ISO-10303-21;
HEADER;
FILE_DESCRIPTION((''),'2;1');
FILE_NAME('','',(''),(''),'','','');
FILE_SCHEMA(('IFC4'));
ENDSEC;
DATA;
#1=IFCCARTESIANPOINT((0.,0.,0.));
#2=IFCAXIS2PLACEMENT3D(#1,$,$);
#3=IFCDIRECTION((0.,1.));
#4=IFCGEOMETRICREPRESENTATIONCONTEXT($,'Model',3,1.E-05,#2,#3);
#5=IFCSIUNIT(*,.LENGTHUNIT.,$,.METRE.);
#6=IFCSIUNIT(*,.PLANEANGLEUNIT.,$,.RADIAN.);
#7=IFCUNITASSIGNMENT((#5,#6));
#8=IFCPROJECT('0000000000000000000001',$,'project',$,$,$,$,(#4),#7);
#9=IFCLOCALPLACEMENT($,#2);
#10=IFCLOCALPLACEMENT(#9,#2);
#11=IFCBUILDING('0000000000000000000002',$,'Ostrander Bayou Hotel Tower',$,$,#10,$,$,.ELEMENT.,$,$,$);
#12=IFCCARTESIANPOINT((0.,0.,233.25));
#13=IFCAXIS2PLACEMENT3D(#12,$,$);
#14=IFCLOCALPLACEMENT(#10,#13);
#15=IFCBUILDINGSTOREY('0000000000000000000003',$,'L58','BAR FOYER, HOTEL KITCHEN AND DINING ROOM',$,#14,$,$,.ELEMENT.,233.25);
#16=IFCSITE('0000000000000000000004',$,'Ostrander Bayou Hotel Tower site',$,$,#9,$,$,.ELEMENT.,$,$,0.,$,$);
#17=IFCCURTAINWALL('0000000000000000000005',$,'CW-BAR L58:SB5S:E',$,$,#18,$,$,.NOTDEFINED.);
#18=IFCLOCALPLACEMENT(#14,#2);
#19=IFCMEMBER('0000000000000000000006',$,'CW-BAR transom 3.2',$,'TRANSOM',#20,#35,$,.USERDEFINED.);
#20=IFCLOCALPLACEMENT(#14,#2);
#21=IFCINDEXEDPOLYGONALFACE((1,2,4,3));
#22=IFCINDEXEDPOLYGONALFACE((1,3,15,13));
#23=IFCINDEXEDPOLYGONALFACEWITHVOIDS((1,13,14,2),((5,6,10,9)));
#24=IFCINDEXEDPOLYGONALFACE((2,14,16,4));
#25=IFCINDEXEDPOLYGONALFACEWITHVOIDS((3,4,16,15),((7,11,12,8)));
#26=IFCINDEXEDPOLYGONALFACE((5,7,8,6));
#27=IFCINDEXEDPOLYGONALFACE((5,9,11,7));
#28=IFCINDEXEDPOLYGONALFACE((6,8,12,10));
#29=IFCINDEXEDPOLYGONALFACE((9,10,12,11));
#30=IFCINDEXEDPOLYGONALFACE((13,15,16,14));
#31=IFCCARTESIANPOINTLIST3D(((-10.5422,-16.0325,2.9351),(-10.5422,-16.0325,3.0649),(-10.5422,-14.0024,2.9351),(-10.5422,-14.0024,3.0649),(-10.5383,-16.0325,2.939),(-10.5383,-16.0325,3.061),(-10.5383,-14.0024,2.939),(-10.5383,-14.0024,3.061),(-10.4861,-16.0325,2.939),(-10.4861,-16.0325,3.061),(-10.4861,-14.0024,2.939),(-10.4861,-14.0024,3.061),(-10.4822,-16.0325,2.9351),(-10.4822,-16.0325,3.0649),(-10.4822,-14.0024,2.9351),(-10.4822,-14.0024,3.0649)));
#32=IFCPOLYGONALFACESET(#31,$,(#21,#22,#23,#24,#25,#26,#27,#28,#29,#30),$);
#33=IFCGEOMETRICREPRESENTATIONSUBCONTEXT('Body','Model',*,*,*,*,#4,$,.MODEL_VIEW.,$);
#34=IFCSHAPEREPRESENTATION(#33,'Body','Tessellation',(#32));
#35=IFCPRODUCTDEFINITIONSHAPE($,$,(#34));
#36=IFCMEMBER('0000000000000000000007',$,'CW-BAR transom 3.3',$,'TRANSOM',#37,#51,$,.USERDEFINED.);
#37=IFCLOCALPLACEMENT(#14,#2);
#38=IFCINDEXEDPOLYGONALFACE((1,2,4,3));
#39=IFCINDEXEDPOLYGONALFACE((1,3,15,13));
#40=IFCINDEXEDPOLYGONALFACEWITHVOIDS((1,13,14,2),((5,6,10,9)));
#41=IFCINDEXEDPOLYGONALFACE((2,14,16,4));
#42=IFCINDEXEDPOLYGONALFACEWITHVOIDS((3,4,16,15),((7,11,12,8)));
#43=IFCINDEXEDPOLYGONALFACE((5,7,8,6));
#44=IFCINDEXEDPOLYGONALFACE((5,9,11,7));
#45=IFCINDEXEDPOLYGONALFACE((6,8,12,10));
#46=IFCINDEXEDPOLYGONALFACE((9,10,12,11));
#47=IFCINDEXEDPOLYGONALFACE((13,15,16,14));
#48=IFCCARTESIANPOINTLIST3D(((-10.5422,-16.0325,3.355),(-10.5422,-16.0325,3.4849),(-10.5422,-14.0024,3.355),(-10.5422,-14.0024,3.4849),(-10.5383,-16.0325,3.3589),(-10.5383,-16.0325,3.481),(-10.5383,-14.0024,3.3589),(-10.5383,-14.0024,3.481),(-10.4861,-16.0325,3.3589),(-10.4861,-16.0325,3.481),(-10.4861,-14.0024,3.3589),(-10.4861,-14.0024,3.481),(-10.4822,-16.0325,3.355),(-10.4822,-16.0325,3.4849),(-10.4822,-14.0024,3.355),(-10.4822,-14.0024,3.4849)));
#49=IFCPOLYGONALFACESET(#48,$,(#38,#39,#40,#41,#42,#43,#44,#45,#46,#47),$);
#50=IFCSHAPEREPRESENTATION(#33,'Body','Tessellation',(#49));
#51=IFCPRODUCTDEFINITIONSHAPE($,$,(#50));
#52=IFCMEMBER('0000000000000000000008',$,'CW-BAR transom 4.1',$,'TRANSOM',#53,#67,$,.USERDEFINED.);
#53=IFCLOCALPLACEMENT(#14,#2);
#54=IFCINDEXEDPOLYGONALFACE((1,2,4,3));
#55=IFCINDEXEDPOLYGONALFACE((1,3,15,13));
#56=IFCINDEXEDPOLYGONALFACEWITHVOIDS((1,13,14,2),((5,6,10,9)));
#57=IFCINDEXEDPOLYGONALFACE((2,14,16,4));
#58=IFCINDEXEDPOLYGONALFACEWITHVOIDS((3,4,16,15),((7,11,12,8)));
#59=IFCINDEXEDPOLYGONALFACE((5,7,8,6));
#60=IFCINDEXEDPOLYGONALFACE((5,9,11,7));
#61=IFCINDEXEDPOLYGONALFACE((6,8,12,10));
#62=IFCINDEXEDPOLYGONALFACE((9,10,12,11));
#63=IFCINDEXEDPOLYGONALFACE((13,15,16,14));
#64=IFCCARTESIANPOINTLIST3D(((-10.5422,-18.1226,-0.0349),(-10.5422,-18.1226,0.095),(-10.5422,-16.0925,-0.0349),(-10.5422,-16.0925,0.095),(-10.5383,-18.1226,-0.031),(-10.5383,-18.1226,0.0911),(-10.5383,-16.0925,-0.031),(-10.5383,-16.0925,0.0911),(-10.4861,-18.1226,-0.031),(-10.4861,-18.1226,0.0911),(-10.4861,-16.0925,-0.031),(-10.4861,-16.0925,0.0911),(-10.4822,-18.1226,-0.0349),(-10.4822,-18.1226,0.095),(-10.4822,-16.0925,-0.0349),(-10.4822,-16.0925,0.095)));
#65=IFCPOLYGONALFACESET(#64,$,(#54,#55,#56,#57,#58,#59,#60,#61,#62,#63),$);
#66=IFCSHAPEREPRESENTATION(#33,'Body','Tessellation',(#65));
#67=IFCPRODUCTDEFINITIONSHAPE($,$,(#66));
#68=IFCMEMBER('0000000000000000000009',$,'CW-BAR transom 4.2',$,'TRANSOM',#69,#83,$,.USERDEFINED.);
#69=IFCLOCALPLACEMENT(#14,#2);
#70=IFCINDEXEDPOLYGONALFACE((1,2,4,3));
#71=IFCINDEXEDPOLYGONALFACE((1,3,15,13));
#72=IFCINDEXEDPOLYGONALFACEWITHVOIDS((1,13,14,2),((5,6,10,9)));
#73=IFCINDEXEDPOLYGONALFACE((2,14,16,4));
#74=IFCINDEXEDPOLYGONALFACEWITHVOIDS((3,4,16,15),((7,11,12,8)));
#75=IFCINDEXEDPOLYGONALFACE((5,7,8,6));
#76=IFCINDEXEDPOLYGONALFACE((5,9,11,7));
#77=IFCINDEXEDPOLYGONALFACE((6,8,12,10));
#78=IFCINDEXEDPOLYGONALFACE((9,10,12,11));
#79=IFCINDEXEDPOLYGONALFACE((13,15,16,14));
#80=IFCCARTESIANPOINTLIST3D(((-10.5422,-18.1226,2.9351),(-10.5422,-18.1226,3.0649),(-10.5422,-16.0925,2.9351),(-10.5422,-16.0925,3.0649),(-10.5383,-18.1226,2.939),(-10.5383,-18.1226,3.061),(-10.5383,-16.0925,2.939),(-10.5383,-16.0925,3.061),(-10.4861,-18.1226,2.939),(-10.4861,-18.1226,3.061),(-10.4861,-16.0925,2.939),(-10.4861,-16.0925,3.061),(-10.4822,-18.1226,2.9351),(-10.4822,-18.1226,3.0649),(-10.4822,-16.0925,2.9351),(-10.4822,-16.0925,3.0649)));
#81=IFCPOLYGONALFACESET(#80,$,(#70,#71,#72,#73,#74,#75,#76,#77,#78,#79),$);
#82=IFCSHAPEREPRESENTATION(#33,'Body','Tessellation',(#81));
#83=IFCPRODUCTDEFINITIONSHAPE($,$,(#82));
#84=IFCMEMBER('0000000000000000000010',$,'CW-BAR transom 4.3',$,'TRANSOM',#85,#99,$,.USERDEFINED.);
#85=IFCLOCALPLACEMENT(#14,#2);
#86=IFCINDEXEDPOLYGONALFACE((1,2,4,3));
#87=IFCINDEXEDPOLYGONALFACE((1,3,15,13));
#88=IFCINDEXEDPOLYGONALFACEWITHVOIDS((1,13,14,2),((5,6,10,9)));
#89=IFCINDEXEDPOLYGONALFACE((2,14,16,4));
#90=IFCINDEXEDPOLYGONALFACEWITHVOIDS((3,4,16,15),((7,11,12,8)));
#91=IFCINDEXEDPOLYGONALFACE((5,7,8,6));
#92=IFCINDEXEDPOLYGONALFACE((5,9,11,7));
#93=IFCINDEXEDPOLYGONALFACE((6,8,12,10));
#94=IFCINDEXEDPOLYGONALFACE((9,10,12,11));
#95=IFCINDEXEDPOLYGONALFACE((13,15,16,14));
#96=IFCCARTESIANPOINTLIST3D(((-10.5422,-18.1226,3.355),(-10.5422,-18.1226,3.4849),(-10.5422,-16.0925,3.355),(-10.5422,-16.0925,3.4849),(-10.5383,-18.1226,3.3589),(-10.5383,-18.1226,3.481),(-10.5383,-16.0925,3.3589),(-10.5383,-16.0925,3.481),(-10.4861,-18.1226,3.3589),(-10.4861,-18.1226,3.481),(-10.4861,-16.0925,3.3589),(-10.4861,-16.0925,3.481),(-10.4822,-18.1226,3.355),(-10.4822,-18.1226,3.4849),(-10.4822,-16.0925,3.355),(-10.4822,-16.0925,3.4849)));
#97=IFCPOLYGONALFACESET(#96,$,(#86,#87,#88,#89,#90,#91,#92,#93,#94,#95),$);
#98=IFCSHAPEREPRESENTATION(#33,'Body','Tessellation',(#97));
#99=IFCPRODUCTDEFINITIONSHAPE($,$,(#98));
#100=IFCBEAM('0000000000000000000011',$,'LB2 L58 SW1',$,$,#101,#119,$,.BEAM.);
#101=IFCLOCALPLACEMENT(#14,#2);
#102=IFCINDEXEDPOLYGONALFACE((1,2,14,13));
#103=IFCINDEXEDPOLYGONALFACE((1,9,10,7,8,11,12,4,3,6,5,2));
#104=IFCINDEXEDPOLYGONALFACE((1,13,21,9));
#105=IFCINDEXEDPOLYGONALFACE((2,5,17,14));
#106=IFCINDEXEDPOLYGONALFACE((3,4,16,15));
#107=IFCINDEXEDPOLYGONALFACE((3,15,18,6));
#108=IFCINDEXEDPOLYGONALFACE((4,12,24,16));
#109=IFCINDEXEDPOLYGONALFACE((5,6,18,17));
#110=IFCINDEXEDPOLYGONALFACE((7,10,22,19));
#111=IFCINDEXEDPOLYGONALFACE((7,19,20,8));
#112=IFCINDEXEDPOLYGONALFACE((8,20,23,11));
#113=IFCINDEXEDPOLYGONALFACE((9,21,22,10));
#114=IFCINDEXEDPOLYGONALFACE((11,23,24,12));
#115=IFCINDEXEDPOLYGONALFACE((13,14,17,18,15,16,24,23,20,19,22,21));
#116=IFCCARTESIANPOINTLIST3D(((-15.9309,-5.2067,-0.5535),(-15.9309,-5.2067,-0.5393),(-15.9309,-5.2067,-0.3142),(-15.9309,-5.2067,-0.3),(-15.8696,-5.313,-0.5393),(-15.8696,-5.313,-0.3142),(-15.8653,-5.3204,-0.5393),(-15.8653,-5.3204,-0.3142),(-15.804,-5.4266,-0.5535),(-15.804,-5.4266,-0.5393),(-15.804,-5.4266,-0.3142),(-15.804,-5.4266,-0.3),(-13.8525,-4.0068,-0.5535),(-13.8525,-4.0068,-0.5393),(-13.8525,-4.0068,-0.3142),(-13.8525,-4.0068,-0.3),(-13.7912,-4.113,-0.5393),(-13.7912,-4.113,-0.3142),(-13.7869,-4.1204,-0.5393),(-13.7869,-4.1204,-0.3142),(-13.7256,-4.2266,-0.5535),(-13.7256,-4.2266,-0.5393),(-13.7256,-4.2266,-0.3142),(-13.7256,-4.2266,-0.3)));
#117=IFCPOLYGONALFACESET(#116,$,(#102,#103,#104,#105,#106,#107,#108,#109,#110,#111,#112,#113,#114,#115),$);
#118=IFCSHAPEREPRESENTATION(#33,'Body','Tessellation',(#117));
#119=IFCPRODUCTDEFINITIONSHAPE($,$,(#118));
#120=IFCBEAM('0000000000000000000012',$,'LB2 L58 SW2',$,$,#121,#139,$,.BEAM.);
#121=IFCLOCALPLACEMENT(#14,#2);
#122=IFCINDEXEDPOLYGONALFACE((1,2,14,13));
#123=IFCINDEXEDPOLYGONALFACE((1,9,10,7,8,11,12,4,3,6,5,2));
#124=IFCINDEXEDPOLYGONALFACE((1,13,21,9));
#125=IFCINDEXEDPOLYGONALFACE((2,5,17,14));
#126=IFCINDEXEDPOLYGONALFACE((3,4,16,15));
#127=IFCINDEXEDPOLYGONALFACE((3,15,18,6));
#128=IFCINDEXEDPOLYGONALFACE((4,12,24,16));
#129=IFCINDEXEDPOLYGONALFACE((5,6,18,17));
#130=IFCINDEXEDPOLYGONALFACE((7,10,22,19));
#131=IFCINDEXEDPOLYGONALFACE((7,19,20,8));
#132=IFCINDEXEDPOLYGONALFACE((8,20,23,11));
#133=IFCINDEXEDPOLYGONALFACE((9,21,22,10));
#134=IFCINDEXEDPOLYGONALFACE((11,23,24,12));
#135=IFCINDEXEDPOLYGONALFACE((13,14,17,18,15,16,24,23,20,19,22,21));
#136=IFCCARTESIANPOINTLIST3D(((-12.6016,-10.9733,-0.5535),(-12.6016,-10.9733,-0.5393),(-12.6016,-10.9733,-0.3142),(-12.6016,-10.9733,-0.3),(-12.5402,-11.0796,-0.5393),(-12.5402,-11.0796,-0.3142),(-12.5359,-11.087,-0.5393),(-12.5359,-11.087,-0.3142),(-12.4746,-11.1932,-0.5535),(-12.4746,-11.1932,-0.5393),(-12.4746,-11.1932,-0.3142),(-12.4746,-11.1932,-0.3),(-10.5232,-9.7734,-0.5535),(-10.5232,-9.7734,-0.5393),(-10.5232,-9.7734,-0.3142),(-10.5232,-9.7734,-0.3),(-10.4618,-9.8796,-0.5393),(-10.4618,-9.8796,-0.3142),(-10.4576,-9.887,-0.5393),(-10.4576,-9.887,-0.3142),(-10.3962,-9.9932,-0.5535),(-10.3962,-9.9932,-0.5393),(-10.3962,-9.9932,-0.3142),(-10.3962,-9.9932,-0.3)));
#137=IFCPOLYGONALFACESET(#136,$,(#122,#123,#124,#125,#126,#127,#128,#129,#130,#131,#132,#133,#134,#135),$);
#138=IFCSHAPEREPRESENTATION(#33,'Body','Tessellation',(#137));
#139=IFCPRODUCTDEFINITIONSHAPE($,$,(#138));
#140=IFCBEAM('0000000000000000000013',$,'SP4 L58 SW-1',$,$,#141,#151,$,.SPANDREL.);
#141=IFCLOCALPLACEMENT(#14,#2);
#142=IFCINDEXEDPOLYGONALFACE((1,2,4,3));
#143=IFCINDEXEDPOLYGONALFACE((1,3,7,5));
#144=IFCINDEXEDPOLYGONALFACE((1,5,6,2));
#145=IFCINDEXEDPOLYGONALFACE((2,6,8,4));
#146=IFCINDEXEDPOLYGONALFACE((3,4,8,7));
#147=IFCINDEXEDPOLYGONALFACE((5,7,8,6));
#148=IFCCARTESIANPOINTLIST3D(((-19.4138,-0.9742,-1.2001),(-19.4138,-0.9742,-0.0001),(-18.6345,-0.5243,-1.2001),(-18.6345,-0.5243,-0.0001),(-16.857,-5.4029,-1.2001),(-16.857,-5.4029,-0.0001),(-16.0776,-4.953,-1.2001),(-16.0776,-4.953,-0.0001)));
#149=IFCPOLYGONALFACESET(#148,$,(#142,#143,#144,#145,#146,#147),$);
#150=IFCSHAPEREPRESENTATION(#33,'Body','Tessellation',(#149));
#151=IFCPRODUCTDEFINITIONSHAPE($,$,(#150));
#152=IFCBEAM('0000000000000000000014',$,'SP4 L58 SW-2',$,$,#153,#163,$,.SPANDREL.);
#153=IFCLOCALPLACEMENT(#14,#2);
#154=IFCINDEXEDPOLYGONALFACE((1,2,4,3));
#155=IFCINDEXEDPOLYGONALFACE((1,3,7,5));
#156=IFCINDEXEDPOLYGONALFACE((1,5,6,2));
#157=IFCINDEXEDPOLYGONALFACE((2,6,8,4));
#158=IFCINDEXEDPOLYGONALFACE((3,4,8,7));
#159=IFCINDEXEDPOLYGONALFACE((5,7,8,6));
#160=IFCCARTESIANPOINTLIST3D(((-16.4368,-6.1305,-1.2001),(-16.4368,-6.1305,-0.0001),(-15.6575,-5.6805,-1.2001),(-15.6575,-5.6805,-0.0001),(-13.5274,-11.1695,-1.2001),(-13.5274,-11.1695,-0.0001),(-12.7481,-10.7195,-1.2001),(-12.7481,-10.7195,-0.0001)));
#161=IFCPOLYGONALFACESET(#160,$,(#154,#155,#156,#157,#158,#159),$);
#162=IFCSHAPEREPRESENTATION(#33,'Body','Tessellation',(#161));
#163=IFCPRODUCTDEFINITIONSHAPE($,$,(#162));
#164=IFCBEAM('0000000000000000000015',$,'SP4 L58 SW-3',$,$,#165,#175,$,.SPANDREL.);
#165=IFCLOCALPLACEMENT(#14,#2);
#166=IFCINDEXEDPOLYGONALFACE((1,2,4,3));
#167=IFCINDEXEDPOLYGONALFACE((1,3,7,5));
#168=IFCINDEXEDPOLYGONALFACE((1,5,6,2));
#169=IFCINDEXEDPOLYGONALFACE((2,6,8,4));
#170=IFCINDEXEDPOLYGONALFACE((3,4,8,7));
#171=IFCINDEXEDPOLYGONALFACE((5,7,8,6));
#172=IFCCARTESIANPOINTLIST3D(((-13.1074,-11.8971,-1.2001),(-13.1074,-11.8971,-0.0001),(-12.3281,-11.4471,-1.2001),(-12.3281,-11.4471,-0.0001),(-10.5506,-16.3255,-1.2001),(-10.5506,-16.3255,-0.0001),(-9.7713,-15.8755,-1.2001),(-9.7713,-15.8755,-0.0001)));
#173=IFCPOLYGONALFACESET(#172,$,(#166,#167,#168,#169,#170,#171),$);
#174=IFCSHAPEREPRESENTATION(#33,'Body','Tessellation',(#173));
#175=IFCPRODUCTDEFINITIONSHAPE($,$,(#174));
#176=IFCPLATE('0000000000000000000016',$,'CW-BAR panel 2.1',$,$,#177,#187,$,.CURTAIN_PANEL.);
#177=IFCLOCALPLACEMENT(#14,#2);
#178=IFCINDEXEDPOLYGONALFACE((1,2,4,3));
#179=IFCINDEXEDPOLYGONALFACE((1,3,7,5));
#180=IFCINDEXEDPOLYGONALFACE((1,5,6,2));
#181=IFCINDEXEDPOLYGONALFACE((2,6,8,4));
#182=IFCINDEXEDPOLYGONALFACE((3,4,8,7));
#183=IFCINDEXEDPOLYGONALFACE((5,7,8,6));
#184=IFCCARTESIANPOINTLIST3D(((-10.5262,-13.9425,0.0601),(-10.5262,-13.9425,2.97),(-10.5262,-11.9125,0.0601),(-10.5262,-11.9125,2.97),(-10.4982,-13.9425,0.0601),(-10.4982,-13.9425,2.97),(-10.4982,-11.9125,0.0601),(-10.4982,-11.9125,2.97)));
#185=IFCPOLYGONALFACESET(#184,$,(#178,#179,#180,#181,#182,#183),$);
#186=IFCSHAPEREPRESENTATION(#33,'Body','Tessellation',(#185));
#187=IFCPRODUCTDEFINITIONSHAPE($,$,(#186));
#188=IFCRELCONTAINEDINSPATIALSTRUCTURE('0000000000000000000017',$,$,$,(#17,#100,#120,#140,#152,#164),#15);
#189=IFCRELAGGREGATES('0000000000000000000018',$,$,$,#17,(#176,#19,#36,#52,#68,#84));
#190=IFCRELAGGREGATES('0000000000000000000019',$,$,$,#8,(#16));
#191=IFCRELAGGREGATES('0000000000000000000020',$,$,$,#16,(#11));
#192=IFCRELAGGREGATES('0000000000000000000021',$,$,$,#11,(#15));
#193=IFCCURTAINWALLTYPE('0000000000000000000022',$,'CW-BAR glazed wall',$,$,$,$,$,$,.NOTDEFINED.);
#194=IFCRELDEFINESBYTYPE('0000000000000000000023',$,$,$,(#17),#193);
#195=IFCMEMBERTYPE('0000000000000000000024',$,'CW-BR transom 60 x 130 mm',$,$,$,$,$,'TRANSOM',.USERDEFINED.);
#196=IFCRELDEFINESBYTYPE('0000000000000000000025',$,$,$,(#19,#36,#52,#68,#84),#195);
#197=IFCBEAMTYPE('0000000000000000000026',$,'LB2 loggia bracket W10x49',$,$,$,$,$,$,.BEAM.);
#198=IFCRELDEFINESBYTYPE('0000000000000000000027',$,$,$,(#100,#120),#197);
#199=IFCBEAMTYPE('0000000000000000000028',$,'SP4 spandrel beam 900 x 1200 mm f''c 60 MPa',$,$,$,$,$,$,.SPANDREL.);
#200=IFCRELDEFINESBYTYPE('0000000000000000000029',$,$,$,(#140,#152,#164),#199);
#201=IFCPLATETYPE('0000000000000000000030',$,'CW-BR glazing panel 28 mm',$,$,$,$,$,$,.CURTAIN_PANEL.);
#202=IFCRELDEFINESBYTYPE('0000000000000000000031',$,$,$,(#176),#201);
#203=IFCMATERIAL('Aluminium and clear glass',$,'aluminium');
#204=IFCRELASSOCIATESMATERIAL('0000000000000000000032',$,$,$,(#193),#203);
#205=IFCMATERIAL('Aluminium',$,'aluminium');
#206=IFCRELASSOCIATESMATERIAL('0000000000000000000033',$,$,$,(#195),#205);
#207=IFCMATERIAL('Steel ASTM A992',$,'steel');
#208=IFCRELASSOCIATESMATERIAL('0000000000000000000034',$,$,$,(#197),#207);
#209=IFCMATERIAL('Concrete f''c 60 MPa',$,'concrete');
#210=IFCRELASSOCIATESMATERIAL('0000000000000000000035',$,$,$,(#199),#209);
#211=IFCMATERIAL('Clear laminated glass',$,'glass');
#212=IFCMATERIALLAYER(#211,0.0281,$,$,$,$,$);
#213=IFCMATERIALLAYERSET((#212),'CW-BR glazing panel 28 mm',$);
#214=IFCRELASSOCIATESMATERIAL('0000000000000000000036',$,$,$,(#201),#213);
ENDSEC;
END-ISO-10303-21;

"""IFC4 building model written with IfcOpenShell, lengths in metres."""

from ifc_helpers import new_model, si_unit, direction, frame, origin, origin_2d, place, context, subcontext, project, spatial, rectangle, hollow_rectangle, i_section, extrude, material, layer, layer_set, material_profile, profile_set, type_object, element, aggregate, save


model = new_model("IFC4")

# Units and contexts
model_context = context("Model", 3, precision=1e-05, world=origin(), true_north=direction((0.0, 1.0)))
body_context = subcontext(model_context, "Body", "Model", "MODEL_VIEW")
ifc_project = project(units=[si_unit("LENGTHUNIT", "METRE"), si_unit("PLANEANGLEUNIT", "RADIAN")], contexts=[model_context])

# Site, building, storey
site_placement = place(None, origin())
site = spatial("IfcSite", under=ifc_project, at=site_placement, Name="Ostrander Bayou Hotel Tower site", CompositionType="ELEMENT", RefElevation=0.0)
building_placement = place(site_placement, origin())
building = spatial("IfcBuilding", under=site, at=building_placement, Name="Ostrander Bayou Hotel Tower", CompositionType="ELEMENT")
storey_placement = place(building_placement, frame((0.0, 0.0, 233.25)))
storey = spatial("IfcBuildingStorey", under=building, at=storey_placement, Name="L58", Description="BAR FOYER, HOTEL KITCHEN AND DINING ROOM", CompositionType="ELEMENT", Elevation=233.25)

# Curtain wall, members
ifc_material_1 = material(Name="Aluminium and clear glass", Category="aluminium")
curtain_wall_type = type_object("IfcCurtainWallType", Name="CW-BAR glazed wall", PredefinedType="NOTDEFINED", material=ifc_material_1)
curtain_wall_placement = place(storey_placement, origin())
curtain_wall = element("IfcCurtainWall", 1, at=curtain_wall_placement, inside=storey, type_object=curtain_wall_type, Name="CW-BAR L58:SB5S:E", PredefinedType="NOTDEFINED")
ifc_material_2 = material(Name="Aluminium", Category="aluminium")
ifc_material_profile_1 = material_profile(ifc_material_2, hollow_rectangle(XDim=0.0601, YDim=0.1299, WallThickness=0.0039, at=origin_2d()))
ifc_profile_set_1 = profile_set([ifc_material_profile_1], Name="Aluminium")
member_type_1 = type_object("IfcMemberType", Name="CW-BR transom 60 x 130 mm", ElementType="TRANSOM", PredefinedType="USERDEFINED", material=ifc_profile_set_1)
member_1_placement = place(storey_placement, frame((-10.5122, -14.0024, 3.0), z_axis=(0.0, -1.0, 0.0), x_axis=(1.0, 0.0, 0.0)))
member_1 = element("IfcMember", 2, at=member_1_placement, type_object=member_type_1, Name="CW-BAR transom 3.2", ObjectType="TRANSOM", PredefinedType="USERDEFINED", context=body_context, shape_type="SweptSolid", body=[
    extrude(hollow_rectangle(XDim=0.0601, YDim=0.1299, WallThickness=0.0039, at=origin_2d()), origin(), (0.0, 0.0, 1.0), 2.03),
])
member_2_placement = place(storey_placement, frame((-10.5122, -14.0024, 3.4199), z_axis=(0.0, -1.0, 0.0), x_axis=(1.0, 0.0, 0.0)))
member_2 = element("IfcMember", 3, at=member_2_placement, type_object=member_type_1, Name="CW-BAR transom 3.3", ObjectType="TRANSOM", PredefinedType="USERDEFINED", context=body_context, shape_type="SweptSolid", body=[
    extrude(hollow_rectangle(XDim=0.0601, YDim=0.1299, WallThickness=0.0039, at=origin_2d()), origin(), (0.0, 0.0, 1.0), 2.03),
])
member_3_placement = place(storey_placement, frame((-10.5122, -16.0925, 0.03), z_axis=(0.0, -1.0, 0.0), x_axis=(1.0, 0.0, 0.0)))
member_3 = element("IfcMember", 4, at=member_3_placement, type_object=member_type_1, Name="CW-BAR transom 4.1", ObjectType="TRANSOM", PredefinedType="USERDEFINED", context=body_context, shape_type="SweptSolid", body=[
    extrude(hollow_rectangle(XDim=0.0601, YDim=0.1299, WallThickness=0.0039, at=origin_2d()), origin(), (0.0, 0.0, 1.0), 2.03),
])
member_4_placement = place(storey_placement, frame((-10.5122, -16.0925, 3.0), z_axis=(0.0, -1.0, 0.0), x_axis=(1.0, 0.0, 0.0)))
member_4 = element("IfcMember", 5, at=member_4_placement, type_object=member_type_1, Name="CW-BAR transom 4.2", ObjectType="TRANSOM", PredefinedType="USERDEFINED", context=body_context, shape_type="SweptSolid", body=[
    extrude(hollow_rectangle(XDim=0.0601, YDim=0.1299, WallThickness=0.0039, at=origin_2d()), origin(), (0.0, 0.0, 1.0), 2.03),
])
member_5_placement = place(storey_placement, frame((-10.5122, -16.0925, 3.4199), z_axis=(0.0, -1.0, 0.0), x_axis=(1.0, 0.0, 0.0)))
member_5 = element("IfcMember", 6, at=member_5_placement, type_object=member_type_1, Name="CW-BAR transom 4.3", ObjectType="TRANSOM", PredefinedType="USERDEFINED", context=body_context, shape_type="SweptSolid", body=[
    extrude(hollow_rectangle(XDim=0.0601, YDim=0.1299, WallThickness=0.0039, at=origin_2d()), origin(), (0.0, 0.0, 1.0), 2.03),
])

# Beams
ifc_material_3 = material(Name="Steel ASTM A992", Category="steel")
ifc_material_profile_2 = material_profile(ifc_material_3, i_section(OverallWidth=0.2539, OverallDepth=0.2534, WebThickness=0.0085, FlangeThickness=0.0142, at=origin_2d()))
ifc_profile_set_2 = profile_set([ifc_material_profile_2], Name="Steel ASTM A992")
beam_type_1 = type_object("IfcBeamType", Name="LB2 loggia bracket W10x49", PredefinedType="BEAM", material=ifc_profile_set_2)
for number, where, z_axis, x_axis, name in (
    (7, (-15.8674, -5.3167, -0.4268), (0.866025, 0.500001, 0.0), (-0.500001, 0.866025, 0.0), "LB2 L58 SW1"),
    (8, (-12.5381, -11.0833, -0.4268), (0.866025, 0.500001, 0.0), (-0.500001, 0.866025, 0.0), "LB2 L58 SW2"),
):
    element("IfcBeam", number, at=place(storey_placement, frame(where, z_axis=z_axis, x_axis=x_axis)), inside=storey, type_object=beam_type_1, Name=name, PredefinedType="BEAM", context=body_context, shape_type="SweptSolid", body=[
        extrude(i_section(OverallWidth=0.2539, OverallDepth=0.2534, WebThickness=0.0085, FlangeThickness=0.0142, at=origin_2d()), origin(), (0.0, 0.0, 1.0), 2.3999),
    ])
ifc_material_4 = material(Name="Concrete f'c 60 MPa", Category="concrete")
ifc_material_profile_3 = material_profile(ifc_material_4, rectangle(XDim=0.8999, YDim=1.2, at=origin_2d()))
ifc_profile_set_3 = profile_set([ifc_material_profile_3], Name="Concrete f'c 60 MPa")
beam_type_2 = type_object("IfcBeamType", Name="SP4 spandrel beam 900 x 1200 mm f'c 60 MPa", PredefinedType="SPANDREL", material=ifc_profile_set_3)
beam_1_placement = place(storey_placement, frame((-19.0242, -0.7493, -0.6001), z_axis=(0.499995, -0.866028, 0.0), x_axis=(0.866028, 0.499995, 0.0)))
element("IfcBeam", 9, at=beam_1_placement, inside=storey, type_object=beam_type_2, Name="SP4 L58 SW-1", PredefinedType="SPANDREL", context=body_context, shape_type="SweptSolid", body=[
    extrude(rectangle(XDim=0.8999, YDim=1.2, at=origin_2d()), origin(), (0.0, 0.0, 1.0), 5.1138),
])
beam_2_placement = place(storey_placement, frame((-16.0471, -5.9055, -0.6001), z_axis=(0.500015, -0.866016, 0.0), x_axis=(0.866016, 0.500015, 0.0)))
element("IfcBeam", 10, at=beam_2_placement, inside=storey, type_object=beam_type_2, Name="SP4 L58 SW-2", PredefinedType="SPANDREL", context=body_context, shape_type="SweptSolid", body=[
    extrude(rectangle(XDim=0.8999, YDim=1.2, at=origin_2d()), origin(), (0.0, 0.0, 1.0), 5.8186),
])
beam_3_placement = place(storey_placement, frame((-12.7178, -11.6721, -0.6001), z_axis=(0.500016, -0.866016, 0.0), x_axis=(0.866016, 0.500016, 0.0)))
element("IfcBeam", 11, at=beam_3_placement, inside=storey, type_object=beam_type_2, Name="SP4 L58 SW-3", PredefinedType="SPANDREL", context=body_context, shape_type="SweptSolid", body=[
    extrude(rectangle(XDim=0.8999, YDim=1.2, at=origin_2d()), origin(), (0.0, 0.0, 1.0), 5.1135),
])

# Plate
ifc_material_5 = material(Name="Clear laminated glass", Category="glass")
ifc_layer_1 = layer(ifc_material_5, 0.0281)
ifc_layer_set_1 = layer_set([ifc_layer_1], Name="CW-BR glazing panel 28 mm")
plate_type = type_object("IfcPlateType", Name="CW-BR glazing panel 28 mm", PredefinedType="CURTAIN_PANEL", material=ifc_layer_set_1)
plate_1_placement = place(storey_placement, frame((-10.5122, -12.9275, 0.0601), z_axis=(0.0, 0.0, 1.0), x_axis=(0.0, -1.0, 0.0)))
plate_1 = element("IfcPlate", 12, at=plate_1_placement, type_object=plate_type, Name="CW-BAR panel 2.1", PredefinedType="CURTAIN_PANEL", context=body_context, shape_type="SweptSolid", body=[
    extrude(rectangle(XDim=2.03, YDim=0.0281, at=origin_2d()), origin(), (0.0, 0.0, 1.0), 2.9099),
])
aggregate(curtain_wall, [plate_1, member_1, member_2, member_3, member_4, member_5])

save(model, "model.ifc")
